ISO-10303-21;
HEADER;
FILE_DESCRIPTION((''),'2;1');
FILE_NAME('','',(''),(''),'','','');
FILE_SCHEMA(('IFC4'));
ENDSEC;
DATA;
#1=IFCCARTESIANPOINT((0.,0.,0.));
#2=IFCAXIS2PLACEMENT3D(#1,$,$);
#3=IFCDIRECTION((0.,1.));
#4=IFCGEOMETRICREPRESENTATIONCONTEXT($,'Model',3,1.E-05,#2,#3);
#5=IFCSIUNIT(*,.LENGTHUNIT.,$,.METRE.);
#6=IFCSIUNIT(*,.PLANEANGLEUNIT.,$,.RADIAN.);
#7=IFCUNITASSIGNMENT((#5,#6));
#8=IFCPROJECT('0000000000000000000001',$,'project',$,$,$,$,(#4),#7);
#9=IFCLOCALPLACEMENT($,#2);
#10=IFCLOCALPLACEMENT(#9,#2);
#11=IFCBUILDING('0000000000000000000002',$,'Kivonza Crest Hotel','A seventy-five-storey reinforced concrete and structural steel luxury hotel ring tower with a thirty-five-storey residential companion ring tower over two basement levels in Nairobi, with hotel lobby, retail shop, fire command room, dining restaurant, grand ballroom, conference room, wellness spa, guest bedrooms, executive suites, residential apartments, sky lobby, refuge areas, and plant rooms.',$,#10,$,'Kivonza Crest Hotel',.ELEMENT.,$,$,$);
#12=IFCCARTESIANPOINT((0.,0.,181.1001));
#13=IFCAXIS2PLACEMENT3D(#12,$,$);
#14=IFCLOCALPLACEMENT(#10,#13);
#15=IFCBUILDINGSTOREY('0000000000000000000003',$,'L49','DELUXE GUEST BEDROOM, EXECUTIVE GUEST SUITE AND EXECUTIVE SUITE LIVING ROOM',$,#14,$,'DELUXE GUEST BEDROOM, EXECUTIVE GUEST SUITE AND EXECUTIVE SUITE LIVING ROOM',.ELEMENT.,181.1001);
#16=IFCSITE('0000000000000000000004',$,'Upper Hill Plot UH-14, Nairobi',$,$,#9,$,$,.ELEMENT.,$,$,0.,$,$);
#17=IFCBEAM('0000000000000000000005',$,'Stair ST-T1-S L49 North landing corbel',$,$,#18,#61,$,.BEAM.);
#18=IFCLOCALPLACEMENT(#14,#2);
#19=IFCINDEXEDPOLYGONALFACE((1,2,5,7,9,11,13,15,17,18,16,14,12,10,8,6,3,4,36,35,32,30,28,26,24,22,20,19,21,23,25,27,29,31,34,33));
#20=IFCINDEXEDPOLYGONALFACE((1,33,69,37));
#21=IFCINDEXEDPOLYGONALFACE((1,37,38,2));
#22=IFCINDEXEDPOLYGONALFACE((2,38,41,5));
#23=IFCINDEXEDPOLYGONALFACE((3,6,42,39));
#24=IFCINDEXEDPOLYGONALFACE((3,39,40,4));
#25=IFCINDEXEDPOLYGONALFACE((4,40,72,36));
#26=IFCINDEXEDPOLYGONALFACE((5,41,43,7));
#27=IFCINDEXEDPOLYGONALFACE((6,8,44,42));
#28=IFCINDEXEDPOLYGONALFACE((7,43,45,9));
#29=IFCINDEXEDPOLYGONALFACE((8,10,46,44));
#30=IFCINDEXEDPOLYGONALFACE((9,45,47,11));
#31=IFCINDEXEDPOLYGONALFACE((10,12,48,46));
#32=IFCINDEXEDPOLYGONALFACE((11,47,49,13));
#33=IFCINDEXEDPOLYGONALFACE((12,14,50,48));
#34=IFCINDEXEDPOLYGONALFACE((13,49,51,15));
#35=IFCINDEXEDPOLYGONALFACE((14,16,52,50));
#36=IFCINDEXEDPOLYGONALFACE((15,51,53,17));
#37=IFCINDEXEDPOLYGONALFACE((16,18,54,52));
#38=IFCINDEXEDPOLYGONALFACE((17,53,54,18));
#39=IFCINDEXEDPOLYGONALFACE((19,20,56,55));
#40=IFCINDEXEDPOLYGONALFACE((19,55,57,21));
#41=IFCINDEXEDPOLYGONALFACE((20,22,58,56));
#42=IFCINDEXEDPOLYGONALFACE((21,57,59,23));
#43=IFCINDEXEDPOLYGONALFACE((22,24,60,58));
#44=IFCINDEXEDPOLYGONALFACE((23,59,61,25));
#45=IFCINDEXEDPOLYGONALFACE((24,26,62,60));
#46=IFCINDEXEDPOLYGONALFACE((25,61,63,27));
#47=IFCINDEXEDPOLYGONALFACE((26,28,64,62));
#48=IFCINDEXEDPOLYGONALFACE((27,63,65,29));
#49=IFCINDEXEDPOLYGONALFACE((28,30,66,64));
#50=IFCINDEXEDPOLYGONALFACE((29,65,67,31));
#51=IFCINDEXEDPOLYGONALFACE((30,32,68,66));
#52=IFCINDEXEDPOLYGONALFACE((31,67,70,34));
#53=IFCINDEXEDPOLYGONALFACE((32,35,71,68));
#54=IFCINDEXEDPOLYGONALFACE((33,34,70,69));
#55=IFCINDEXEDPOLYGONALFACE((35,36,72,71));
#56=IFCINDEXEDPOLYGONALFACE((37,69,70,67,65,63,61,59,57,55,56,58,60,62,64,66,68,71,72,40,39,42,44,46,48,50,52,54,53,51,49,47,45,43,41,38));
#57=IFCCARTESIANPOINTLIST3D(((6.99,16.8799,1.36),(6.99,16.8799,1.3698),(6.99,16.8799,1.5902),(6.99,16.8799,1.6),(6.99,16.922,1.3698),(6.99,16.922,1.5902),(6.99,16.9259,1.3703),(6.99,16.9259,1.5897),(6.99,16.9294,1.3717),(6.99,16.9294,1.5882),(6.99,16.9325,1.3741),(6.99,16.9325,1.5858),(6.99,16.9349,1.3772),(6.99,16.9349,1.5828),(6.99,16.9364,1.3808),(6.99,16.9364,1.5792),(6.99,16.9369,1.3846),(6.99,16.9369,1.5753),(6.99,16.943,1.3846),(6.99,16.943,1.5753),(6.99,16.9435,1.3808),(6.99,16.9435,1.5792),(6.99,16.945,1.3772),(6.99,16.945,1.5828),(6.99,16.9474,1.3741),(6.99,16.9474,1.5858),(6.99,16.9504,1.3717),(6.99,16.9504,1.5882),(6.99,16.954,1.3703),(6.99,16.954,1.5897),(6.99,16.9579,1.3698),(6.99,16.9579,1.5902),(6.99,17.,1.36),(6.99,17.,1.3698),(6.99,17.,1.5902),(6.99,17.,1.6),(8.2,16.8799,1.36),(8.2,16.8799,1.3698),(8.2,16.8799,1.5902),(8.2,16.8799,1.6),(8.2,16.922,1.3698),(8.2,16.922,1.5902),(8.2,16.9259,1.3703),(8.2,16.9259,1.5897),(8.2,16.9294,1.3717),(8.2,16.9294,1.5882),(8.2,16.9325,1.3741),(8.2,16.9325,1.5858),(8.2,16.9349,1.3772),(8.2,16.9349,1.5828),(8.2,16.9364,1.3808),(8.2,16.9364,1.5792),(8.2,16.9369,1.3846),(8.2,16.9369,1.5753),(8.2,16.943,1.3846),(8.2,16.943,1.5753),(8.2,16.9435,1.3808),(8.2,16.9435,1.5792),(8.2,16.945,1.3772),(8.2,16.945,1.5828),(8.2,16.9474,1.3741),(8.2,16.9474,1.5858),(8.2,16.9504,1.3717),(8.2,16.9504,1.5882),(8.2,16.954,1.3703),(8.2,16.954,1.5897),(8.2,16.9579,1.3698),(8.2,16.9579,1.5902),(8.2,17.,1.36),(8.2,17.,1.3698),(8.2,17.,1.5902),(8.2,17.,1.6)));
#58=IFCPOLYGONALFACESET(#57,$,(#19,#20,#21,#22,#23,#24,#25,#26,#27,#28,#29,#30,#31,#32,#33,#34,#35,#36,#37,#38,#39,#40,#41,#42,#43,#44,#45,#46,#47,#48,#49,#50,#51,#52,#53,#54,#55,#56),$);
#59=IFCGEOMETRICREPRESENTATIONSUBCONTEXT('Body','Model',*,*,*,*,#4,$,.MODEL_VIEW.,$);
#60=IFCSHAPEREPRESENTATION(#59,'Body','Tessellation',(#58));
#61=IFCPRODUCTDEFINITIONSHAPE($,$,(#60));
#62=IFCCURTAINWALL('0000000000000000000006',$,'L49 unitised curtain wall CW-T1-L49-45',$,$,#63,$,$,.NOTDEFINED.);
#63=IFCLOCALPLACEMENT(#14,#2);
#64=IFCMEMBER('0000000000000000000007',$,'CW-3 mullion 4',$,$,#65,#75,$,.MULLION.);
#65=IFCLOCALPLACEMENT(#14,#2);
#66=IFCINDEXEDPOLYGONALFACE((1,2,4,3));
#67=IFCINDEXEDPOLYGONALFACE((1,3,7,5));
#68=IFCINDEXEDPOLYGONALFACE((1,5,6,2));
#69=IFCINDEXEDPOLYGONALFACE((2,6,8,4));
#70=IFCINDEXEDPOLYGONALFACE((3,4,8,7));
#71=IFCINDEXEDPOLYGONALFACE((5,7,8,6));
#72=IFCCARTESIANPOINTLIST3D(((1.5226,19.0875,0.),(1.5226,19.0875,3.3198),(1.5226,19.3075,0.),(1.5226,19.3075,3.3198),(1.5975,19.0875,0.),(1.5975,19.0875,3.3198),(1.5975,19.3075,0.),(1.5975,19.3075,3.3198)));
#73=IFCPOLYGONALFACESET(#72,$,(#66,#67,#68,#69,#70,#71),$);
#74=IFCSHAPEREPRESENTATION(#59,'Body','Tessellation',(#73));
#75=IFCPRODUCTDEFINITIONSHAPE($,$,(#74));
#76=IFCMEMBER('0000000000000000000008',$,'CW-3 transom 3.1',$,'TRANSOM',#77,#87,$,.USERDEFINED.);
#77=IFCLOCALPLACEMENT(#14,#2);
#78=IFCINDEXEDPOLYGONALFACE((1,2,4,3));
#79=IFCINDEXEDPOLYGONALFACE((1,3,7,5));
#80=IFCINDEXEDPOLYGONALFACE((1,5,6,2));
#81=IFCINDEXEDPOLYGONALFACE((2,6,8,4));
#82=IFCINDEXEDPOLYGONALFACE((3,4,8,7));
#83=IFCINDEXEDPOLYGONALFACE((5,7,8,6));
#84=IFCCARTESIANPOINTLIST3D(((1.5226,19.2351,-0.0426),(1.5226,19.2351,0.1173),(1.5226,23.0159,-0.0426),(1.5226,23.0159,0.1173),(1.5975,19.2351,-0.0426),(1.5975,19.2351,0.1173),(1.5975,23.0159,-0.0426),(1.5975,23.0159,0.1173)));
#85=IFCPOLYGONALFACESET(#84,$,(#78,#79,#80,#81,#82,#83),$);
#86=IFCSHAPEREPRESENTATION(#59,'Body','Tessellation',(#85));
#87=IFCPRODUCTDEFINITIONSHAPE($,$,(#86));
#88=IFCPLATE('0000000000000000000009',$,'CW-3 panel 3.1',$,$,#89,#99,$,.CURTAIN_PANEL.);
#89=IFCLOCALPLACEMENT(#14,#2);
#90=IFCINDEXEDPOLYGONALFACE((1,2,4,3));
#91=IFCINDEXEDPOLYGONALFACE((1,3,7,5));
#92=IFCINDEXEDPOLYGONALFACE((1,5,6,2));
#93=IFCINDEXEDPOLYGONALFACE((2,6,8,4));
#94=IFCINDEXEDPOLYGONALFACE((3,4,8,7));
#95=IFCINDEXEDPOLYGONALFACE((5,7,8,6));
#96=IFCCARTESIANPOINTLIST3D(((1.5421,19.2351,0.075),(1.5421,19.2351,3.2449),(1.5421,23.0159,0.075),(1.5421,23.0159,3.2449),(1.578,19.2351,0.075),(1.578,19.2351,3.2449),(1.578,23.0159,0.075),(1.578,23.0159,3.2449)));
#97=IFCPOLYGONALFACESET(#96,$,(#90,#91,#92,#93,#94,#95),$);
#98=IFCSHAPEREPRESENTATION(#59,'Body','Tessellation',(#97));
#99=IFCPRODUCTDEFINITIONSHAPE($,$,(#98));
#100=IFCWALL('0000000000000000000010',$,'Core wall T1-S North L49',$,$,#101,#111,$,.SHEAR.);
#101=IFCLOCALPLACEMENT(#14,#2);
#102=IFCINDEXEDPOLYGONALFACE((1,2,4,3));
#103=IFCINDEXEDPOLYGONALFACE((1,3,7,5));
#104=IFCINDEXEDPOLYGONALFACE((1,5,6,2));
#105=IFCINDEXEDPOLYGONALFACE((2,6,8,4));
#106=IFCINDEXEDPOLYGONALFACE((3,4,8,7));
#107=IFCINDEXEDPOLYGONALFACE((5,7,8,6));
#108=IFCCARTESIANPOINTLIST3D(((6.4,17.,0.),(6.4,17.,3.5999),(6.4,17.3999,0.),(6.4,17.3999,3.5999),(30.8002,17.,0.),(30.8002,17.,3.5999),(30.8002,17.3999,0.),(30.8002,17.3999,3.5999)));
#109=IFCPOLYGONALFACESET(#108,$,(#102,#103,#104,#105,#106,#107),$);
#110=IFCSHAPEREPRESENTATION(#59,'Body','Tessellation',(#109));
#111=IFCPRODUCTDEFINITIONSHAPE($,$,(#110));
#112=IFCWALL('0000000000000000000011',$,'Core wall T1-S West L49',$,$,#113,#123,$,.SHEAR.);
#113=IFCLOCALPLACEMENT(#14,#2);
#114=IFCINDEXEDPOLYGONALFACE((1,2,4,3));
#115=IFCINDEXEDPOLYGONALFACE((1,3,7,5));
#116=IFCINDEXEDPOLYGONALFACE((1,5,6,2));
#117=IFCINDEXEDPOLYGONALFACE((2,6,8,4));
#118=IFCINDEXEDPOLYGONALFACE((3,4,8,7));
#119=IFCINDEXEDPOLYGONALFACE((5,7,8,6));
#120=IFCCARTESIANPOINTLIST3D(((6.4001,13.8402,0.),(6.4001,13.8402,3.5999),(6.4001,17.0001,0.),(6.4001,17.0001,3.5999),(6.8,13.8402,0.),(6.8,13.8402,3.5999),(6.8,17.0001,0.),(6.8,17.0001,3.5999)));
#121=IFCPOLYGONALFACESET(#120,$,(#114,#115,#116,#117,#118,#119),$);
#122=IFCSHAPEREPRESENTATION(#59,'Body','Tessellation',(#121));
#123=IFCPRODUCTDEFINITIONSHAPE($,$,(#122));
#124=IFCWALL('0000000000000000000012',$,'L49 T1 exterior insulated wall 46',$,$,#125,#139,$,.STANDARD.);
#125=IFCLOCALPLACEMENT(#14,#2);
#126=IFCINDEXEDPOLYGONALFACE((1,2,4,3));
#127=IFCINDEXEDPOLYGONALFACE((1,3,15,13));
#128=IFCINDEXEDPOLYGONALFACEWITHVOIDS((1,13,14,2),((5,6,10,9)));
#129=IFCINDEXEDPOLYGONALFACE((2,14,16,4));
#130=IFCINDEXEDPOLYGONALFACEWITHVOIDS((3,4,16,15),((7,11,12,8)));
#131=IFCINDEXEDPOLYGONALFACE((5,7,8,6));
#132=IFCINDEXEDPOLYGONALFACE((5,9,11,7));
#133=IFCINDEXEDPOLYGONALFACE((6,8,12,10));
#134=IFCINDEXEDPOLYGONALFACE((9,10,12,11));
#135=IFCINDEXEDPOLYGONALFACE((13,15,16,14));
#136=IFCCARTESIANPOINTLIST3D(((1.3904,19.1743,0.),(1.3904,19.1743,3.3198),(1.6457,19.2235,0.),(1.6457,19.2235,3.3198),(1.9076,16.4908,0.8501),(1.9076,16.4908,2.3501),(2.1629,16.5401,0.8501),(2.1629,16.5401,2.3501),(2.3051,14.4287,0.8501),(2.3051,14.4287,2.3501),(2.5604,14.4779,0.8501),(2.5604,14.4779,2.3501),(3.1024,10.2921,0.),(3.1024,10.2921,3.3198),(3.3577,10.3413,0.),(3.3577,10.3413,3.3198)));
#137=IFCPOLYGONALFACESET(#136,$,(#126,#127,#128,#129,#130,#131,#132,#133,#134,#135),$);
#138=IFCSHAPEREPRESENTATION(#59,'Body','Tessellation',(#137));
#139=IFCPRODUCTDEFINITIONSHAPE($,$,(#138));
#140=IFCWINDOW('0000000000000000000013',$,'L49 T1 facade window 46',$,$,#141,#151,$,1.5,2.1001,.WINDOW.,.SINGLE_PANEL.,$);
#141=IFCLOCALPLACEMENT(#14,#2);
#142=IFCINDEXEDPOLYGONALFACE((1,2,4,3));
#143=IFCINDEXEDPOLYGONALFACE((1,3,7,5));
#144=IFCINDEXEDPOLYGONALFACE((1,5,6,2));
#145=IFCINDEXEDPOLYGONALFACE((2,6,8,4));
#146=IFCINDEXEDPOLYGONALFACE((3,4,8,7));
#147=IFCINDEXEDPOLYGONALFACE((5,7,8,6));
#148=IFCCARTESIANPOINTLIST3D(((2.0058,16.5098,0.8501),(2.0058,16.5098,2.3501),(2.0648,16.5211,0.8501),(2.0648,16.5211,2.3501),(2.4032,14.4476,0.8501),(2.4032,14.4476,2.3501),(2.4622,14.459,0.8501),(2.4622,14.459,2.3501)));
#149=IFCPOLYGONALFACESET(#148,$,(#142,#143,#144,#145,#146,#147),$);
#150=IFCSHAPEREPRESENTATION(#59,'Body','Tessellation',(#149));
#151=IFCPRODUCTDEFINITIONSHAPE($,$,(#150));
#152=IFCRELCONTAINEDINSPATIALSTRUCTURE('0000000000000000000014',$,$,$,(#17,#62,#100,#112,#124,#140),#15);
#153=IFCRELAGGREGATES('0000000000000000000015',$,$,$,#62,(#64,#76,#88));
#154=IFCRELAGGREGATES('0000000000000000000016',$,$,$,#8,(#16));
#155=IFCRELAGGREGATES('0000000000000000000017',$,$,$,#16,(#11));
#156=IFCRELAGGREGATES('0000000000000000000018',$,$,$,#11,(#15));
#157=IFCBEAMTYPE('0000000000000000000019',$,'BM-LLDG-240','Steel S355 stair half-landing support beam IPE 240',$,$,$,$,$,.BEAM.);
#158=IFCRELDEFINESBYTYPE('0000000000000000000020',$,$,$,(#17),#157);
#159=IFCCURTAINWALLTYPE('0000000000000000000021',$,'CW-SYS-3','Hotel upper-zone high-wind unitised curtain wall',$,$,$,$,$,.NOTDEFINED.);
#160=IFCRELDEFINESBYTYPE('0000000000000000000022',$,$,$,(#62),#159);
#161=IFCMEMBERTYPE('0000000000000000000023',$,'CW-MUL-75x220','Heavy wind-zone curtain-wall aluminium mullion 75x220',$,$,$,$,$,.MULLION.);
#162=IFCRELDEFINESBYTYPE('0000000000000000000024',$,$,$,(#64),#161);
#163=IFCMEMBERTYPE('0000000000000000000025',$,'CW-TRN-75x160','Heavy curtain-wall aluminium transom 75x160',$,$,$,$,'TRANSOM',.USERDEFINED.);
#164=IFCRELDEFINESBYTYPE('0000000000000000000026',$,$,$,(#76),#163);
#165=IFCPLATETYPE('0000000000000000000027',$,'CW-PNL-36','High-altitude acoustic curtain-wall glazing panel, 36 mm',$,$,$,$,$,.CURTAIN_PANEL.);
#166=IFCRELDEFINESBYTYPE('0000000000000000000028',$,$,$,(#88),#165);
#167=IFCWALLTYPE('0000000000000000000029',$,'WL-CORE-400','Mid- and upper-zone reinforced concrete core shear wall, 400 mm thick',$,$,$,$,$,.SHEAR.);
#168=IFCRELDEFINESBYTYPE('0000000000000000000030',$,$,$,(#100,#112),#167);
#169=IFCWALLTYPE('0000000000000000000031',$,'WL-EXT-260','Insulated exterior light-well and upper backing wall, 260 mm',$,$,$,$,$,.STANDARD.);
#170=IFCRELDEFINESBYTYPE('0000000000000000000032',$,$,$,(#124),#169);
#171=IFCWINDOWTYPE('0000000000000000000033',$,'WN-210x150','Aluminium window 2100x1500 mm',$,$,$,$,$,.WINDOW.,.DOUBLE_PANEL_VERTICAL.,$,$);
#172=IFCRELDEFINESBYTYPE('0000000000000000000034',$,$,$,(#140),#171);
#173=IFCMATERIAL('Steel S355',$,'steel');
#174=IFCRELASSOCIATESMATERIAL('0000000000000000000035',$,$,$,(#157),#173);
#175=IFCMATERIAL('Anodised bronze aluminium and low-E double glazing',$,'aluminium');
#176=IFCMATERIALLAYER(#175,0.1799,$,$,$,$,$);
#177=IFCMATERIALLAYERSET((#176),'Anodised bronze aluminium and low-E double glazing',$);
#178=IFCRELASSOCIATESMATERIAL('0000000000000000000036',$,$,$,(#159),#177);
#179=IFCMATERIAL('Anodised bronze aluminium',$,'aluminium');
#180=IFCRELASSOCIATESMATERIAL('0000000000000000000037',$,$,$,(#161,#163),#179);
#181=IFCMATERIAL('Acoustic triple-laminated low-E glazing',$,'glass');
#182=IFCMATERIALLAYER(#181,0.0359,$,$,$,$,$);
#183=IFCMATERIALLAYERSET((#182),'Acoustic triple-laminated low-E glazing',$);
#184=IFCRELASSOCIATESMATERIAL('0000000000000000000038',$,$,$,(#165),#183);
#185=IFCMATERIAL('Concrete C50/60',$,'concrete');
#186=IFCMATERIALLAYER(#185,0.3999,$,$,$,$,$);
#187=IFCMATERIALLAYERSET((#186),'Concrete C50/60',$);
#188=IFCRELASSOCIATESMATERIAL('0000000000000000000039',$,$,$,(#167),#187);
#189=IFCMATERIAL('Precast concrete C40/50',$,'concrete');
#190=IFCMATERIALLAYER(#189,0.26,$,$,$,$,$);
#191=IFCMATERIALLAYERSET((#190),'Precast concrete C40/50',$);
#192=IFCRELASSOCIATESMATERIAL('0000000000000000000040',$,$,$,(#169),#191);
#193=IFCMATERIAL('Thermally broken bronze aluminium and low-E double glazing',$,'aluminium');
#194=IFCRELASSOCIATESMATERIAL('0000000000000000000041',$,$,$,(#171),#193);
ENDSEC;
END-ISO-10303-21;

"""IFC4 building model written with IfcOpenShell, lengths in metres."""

from ifc_helpers import new_model, si_unit, direction, frame, frame_2d, origin, origin_2d, place, context, subcontext, project, spatial, rectangle, i_section, extrude, material, layer, layer_set, material_profile, profile_set, type_object, element, fill, aggregate, save


model = new_model("IFC4")

# Units and contexts
model_context = context("Model", 3, precision=1e-05, world=origin(), true_north=direction((0.0, 1.0)))
body_context = subcontext(model_context, "Body", "Model", "MODEL_VIEW")
ifc_project = project(units=[si_unit("LENGTHUNIT", "METRE"), si_unit("PLANEANGLEUNIT", "RADIAN")], contexts=[model_context])

# Site, building, storey
site_placement = place(None, origin())
site = spatial("IfcSite", under=ifc_project, at=site_placement, Name="Upper Hill Plot UH-14, Nairobi", CompositionType="ELEMENT", RefElevation=0.0)
building_placement = place(site_placement, origin())
building = spatial("IfcBuilding", under=site, at=building_placement, Name="Kivonza Crest Hotel", Description="A seventy-five-storey reinforced concrete and structural steel luxury hotel ring tower with a thirty-five-storey residential companion ring tower over two basement levels in Nairobi, with hotel lobby, retail shop, fire command room, dining restaurant, grand ballroom, conference room, wellness spa, guest bedrooms, executive suites, residential apartments, sky lobby, refuge areas, and plant rooms.", LongName="Kivonza Crest Hotel", CompositionType="ELEMENT")
storey_placement = place(building_placement, frame((0.0, 0.0, 181.1001)))
storey = spatial("IfcBuildingStorey", under=building, at=storey_placement, Name="L49", Description="DELUXE GUEST BEDROOM, EXECUTIVE GUEST SUITE AND EXECUTIVE SUITE LIVING ROOM", LongName="DELUXE GUEST BEDROOM, EXECUTIVE GUEST SUITE AND EXECUTIVE SUITE LIVING ROOM", CompositionType="ELEMENT", Elevation=181.1001)

# Shared definitions
ifc_material_1 = material(Name="Concrete C50/60", Category="concrete")

# Beam
ifc_material_2 = material(Name="Steel S355", Category="steel")
ifc_material_profile_1 = material_profile(ifc_material_2, i_section(OverallWidth=0.1201, OverallDepth=0.24, WebThickness=0.0061, FlangeThickness=0.0098, FilletRadius=0.0149, at=origin_2d()), Name="IPE 240")
ifc_profile_set_1 = profile_set([ifc_material_profile_1], Name="Steel S355")
beam_type_1 = type_object("IfcBeamType", Name="BM-LLDG-240", Description="Steel S355 stair half-landing support beam IPE 240", PredefinedType="BEAM", material=ifc_profile_set_1)
for number, where, z_axis, x_axis, name in (
    (1, (6.99, 16.9399, 1.48), (1.0, 0.0, 0.0), (0.0, 1.0, 0.0), "Stair ST-T1-S L49 North landing corbel"),
):
    element("IfcBeam", number, at=place(storey_placement, frame(where, z_axis=z_axis, x_axis=x_axis)), inside=storey, type_object=beam_type_1, Name=name, PredefinedType="BEAM", context=body_context, shape_type="SweptSolid", body=[
        extrude(i_section(OverallWidth=0.1201, OverallDepth=0.24, WebThickness=0.0061, FlangeThickness=0.0098, FilletRadius=0.0149, at=origin_2d()), origin(), (0.0, 0.0, 1.0), 1.21),
    ])

# Curtain wall, members, plate
ifc_material_3 = material(Name="Anodised bronze aluminium and low-E double glazing", Category="aluminium")
ifc_layer_1 = layer(ifc_material_3, 0.1799)
ifc_layer_set_1 = layer_set([ifc_layer_1], Name="Anodised bronze aluminium and low-E double glazing")
curtain_wall_type = type_object("IfcCurtainWallType", Name="CW-SYS-3", Description="Hotel upper-zone high-wind unitised curtain wall", PredefinedType="NOTDEFINED", material=ifc_layer_set_1)
curtain_wall_placement = place(storey_placement, origin())
curtain_wall = element("IfcCurtainWall", 2, at=curtain_wall_placement, inside=storey, type_object=curtain_wall_type, Name="L49 unitised curtain wall CW-T1-L49-45", PredefinedType="NOTDEFINED")
ifc_material_4 = material(Name="Anodised bronze aluminium", Category="aluminium")
ifc_material_profile_2 = material_profile(ifc_material_4, rectangle(XDim=0.075, YDim=0.22, at=origin_2d()), Name="CW-M 75x220")
ifc_profile_set_2 = profile_set([ifc_material_profile_2], Name="Anodised bronze aluminium")
member_type_1 = type_object("IfcMemberType", Name="CW-MUL-75x220", Description="Heavy wind-zone curtain-wall aluminium mullion 75x220", PredefinedType="MULLION", material=ifc_profile_set_2)
member_1_placement = place(storey_placement, frame((1.5601, 19.1975, 0.0), z_axis=(0.0, 0.0, 1.0), x_axis=(1.0, 0.0, 0.0)))
member_1 = element("IfcMember", 3, at=member_1_placement, type_object=member_type_1, Name="CW-3 mullion 4", PredefinedType="MULLION", context=body_context, shape_type="SweptSolid", body=[
    extrude(rectangle(XDim=0.075, YDim=0.22, at=origin_2d()), origin(), (0.0, 0.0, 1.0), 3.3198),
])
ifc_material_profile_3 = material_profile(ifc_material_4, rectangle(XDim=0.075, YDim=0.1599, at=origin_2d()), Name="CW-T 75x160")
ifc_profile_set_3 = profile_set([ifc_material_profile_3], Name="Anodised bronze aluminium")
member_type_2 = type_object("IfcMemberType", Name="CW-TRN-75x160", Description="Heavy curtain-wall aluminium transom 75x160", ElementType="TRANSOM", PredefinedType="USERDEFINED", material=ifc_profile_set_3)
member_2_placement = place(storey_placement, frame((1.5601, 23.0159, 0.0374), z_axis=(0.0, -1.0, 0.0), x_axis=(1.0, 0.0, 0.0)))
member_2 = element("IfcMember", 4, at=member_2_placement, type_object=member_type_2, Name="CW-3 transom 3.1", ObjectType="TRANSOM", PredefinedType="USERDEFINED", context=body_context, shape_type="SweptSolid", body=[
    extrude(rectangle(XDim=0.075, YDim=0.1599, at=origin_2d()), origin(), (0.0, 0.0, 1.0), 3.7808),
])
ifc_material_5 = material(Name="Acoustic triple-laminated low-E glazing", Category="glass")
ifc_layer_2 = layer(ifc_material_5, 0.0359)
ifc_layer_set_2 = layer_set([ifc_layer_2], Name="Acoustic triple-laminated low-E glazing")
plate_type = type_object("IfcPlateType", Name="CW-PNL-36", Description="High-altitude acoustic curtain-wall glazing panel, 36 mm", PredefinedType="CURTAIN_PANEL", material=ifc_layer_set_2)
plate_placement = place(storey_placement, frame((1.5601, 21.1255, 0.075), z_axis=(0.0, 0.0, 1.0), x_axis=(0.0, -1.0, 0.0)))
plate = element("IfcPlate", 5, at=plate_placement, type_object=plate_type, Name="CW-3 panel 3.1", PredefinedType="CURTAIN_PANEL", context=body_context, shape_type="SweptSolid", body=[
    extrude(rectangle(XDim=3.7808, YDim=0.0359, at=origin_2d()), origin(), (0.0, 0.0, 1.0), 3.1699),
])
aggregate(curtain_wall, [member_1, member_2, plate])

# Shared definitions
ifc_layer_3 = layer(ifc_material_1, 0.3999)
ifc_layer_set_3 = layer_set([ifc_layer_3], Name="Concrete C50/60")
wall_type_1 = type_object("IfcWallType", Name="WL-CORE-400", Description="Mid- and upper-zone reinforced concrete core shear wall, 400 mm thick", PredefinedType="SHEAR", material=ifc_layer_set_3)

# Walls
wall_1_placement = place(storey_placement, frame((6.3999, 17.2, 0.0), z_axis=(0.0, 0.0, 1.0), x_axis=(1.0, 0.0, 0.0)))
element("IfcWall", 6, at=wall_1_placement, inside=storey, type_object=wall_type_1, Name="Core wall T1-S North L49", PredefinedType="SHEAR", context=body_context, shape_type="SweptSolid", body=[
    extrude(rectangle(XDim=24.4001, YDim=0.3999, at=frame_2d((12.2002, 0.0))), origin(), (0.0, 0.0, 1.0), 3.5999),
])
wall_2_placement = place(storey_placement, frame((6.6001, 13.8401, 0.0), z_axis=(0.0, 0.0, 1.0), x_axis=(0.0, 1.0, 0.0)))
element("IfcWall", 7, at=wall_2_placement, inside=storey, type_object=wall_type_1, Name="Core wall T1-S West L49", PredefinedType="SHEAR", context=body_context, shape_type="SweptSolid", body=[
    extrude(rectangle(XDim=3.1599, YDim=0.3999, at=frame_2d((1.5801, 0.0))), origin(), (0.0, 0.0, 1.0), 3.5999),
])

# Wall, opening, window
ifc_material_6 = material(Name="Precast concrete C40/50", Category="concrete")
ifc_layer_4 = layer(ifc_material_6, 0.26)
ifc_layer_set_4 = layer_set([ifc_layer_4], Name="Precast concrete C40/50")
wall_type_2 = type_object("IfcWallType", Name="WL-EXT-260", Description="Insulated exterior light-well and upper backing wall, 260 mm", PredefinedType="STANDARD", material=ifc_layer_set_4)
wall_3_placement = place(storey_placement, frame((1.5181, 19.199, 0.0), z_axis=(0.0, 0.0, 1.0), x_axis=(0.189255, -0.981928, 0.0)))
wall_3 = element("IfcWall", 8, at=wall_3_placement, inside=storey, type_object=wall_type_2, Name="L49 T1 exterior insulated wall 46", PredefinedType="STANDARD", context=body_context, shape_type="SweptSolid", body=[
    extrude(rectangle(XDim=9.0457, YDim=0.26, at=frame_2d((4.5229, 0.0))), origin(), (0.0, 0.0, 1.0), 3.3198),
])
opening_1_placement = place(wall_3_placement, frame((2.7329, 0.0, 0.8501)))
opening_1 = element("IfcOpeningElement", 9, at=opening_1_placement, cuts=wall_3, PredefinedType="OPENING", context=body_context, shape_type="SweptSolid", body=[
    extrude(rectangle(XDim=2.1001, YDim=1.5, at=frame_2d((1.05, 0.75))), frame((0.0, 0.1401, 0.0), z_axis=(0.0, -1.0, 0.0), x_axis=(1.0, 0.0, 0.0)), (0.0, 0.0, 1.0), 0.28),
])
ifc_material_7 = material(Name="Thermally broken bronze aluminium and low-E double glazing", Category="aluminium")
window_type = type_object("IfcWindowType", Name="WN-210x150", Description="Aluminium window 2100x1500 mm", PartitioningType="DOUBLE_PANEL_VERTICAL", PredefinedType="WINDOW", material=ifc_material_7)
window_placement = place(opening_1_placement, origin())
window = element("IfcWindow", 10, at=window_placement, inside=storey, type_object=window_type, Name="L49 T1 facade window 46", OverallHeight=1.5, OverallWidth=2.1001, PartitioningType="SINGLE_PANEL", PredefinedType="WINDOW", context=body_context, shape_type="SweptSolid", body=[
    extrude(rectangle(XDim=2.1001, YDim=1.5, at=frame_2d((1.05, 0.75))), frame((0.0, 0.03, 0.0), z_axis=(0.0, -1.0, 0.0), x_axis=(1.0, 0.0, 0.0)), (0.0, 0.0, 1.0), 0.0601),
])
fill(opening_1, window)

save(model, "model.ifc")
